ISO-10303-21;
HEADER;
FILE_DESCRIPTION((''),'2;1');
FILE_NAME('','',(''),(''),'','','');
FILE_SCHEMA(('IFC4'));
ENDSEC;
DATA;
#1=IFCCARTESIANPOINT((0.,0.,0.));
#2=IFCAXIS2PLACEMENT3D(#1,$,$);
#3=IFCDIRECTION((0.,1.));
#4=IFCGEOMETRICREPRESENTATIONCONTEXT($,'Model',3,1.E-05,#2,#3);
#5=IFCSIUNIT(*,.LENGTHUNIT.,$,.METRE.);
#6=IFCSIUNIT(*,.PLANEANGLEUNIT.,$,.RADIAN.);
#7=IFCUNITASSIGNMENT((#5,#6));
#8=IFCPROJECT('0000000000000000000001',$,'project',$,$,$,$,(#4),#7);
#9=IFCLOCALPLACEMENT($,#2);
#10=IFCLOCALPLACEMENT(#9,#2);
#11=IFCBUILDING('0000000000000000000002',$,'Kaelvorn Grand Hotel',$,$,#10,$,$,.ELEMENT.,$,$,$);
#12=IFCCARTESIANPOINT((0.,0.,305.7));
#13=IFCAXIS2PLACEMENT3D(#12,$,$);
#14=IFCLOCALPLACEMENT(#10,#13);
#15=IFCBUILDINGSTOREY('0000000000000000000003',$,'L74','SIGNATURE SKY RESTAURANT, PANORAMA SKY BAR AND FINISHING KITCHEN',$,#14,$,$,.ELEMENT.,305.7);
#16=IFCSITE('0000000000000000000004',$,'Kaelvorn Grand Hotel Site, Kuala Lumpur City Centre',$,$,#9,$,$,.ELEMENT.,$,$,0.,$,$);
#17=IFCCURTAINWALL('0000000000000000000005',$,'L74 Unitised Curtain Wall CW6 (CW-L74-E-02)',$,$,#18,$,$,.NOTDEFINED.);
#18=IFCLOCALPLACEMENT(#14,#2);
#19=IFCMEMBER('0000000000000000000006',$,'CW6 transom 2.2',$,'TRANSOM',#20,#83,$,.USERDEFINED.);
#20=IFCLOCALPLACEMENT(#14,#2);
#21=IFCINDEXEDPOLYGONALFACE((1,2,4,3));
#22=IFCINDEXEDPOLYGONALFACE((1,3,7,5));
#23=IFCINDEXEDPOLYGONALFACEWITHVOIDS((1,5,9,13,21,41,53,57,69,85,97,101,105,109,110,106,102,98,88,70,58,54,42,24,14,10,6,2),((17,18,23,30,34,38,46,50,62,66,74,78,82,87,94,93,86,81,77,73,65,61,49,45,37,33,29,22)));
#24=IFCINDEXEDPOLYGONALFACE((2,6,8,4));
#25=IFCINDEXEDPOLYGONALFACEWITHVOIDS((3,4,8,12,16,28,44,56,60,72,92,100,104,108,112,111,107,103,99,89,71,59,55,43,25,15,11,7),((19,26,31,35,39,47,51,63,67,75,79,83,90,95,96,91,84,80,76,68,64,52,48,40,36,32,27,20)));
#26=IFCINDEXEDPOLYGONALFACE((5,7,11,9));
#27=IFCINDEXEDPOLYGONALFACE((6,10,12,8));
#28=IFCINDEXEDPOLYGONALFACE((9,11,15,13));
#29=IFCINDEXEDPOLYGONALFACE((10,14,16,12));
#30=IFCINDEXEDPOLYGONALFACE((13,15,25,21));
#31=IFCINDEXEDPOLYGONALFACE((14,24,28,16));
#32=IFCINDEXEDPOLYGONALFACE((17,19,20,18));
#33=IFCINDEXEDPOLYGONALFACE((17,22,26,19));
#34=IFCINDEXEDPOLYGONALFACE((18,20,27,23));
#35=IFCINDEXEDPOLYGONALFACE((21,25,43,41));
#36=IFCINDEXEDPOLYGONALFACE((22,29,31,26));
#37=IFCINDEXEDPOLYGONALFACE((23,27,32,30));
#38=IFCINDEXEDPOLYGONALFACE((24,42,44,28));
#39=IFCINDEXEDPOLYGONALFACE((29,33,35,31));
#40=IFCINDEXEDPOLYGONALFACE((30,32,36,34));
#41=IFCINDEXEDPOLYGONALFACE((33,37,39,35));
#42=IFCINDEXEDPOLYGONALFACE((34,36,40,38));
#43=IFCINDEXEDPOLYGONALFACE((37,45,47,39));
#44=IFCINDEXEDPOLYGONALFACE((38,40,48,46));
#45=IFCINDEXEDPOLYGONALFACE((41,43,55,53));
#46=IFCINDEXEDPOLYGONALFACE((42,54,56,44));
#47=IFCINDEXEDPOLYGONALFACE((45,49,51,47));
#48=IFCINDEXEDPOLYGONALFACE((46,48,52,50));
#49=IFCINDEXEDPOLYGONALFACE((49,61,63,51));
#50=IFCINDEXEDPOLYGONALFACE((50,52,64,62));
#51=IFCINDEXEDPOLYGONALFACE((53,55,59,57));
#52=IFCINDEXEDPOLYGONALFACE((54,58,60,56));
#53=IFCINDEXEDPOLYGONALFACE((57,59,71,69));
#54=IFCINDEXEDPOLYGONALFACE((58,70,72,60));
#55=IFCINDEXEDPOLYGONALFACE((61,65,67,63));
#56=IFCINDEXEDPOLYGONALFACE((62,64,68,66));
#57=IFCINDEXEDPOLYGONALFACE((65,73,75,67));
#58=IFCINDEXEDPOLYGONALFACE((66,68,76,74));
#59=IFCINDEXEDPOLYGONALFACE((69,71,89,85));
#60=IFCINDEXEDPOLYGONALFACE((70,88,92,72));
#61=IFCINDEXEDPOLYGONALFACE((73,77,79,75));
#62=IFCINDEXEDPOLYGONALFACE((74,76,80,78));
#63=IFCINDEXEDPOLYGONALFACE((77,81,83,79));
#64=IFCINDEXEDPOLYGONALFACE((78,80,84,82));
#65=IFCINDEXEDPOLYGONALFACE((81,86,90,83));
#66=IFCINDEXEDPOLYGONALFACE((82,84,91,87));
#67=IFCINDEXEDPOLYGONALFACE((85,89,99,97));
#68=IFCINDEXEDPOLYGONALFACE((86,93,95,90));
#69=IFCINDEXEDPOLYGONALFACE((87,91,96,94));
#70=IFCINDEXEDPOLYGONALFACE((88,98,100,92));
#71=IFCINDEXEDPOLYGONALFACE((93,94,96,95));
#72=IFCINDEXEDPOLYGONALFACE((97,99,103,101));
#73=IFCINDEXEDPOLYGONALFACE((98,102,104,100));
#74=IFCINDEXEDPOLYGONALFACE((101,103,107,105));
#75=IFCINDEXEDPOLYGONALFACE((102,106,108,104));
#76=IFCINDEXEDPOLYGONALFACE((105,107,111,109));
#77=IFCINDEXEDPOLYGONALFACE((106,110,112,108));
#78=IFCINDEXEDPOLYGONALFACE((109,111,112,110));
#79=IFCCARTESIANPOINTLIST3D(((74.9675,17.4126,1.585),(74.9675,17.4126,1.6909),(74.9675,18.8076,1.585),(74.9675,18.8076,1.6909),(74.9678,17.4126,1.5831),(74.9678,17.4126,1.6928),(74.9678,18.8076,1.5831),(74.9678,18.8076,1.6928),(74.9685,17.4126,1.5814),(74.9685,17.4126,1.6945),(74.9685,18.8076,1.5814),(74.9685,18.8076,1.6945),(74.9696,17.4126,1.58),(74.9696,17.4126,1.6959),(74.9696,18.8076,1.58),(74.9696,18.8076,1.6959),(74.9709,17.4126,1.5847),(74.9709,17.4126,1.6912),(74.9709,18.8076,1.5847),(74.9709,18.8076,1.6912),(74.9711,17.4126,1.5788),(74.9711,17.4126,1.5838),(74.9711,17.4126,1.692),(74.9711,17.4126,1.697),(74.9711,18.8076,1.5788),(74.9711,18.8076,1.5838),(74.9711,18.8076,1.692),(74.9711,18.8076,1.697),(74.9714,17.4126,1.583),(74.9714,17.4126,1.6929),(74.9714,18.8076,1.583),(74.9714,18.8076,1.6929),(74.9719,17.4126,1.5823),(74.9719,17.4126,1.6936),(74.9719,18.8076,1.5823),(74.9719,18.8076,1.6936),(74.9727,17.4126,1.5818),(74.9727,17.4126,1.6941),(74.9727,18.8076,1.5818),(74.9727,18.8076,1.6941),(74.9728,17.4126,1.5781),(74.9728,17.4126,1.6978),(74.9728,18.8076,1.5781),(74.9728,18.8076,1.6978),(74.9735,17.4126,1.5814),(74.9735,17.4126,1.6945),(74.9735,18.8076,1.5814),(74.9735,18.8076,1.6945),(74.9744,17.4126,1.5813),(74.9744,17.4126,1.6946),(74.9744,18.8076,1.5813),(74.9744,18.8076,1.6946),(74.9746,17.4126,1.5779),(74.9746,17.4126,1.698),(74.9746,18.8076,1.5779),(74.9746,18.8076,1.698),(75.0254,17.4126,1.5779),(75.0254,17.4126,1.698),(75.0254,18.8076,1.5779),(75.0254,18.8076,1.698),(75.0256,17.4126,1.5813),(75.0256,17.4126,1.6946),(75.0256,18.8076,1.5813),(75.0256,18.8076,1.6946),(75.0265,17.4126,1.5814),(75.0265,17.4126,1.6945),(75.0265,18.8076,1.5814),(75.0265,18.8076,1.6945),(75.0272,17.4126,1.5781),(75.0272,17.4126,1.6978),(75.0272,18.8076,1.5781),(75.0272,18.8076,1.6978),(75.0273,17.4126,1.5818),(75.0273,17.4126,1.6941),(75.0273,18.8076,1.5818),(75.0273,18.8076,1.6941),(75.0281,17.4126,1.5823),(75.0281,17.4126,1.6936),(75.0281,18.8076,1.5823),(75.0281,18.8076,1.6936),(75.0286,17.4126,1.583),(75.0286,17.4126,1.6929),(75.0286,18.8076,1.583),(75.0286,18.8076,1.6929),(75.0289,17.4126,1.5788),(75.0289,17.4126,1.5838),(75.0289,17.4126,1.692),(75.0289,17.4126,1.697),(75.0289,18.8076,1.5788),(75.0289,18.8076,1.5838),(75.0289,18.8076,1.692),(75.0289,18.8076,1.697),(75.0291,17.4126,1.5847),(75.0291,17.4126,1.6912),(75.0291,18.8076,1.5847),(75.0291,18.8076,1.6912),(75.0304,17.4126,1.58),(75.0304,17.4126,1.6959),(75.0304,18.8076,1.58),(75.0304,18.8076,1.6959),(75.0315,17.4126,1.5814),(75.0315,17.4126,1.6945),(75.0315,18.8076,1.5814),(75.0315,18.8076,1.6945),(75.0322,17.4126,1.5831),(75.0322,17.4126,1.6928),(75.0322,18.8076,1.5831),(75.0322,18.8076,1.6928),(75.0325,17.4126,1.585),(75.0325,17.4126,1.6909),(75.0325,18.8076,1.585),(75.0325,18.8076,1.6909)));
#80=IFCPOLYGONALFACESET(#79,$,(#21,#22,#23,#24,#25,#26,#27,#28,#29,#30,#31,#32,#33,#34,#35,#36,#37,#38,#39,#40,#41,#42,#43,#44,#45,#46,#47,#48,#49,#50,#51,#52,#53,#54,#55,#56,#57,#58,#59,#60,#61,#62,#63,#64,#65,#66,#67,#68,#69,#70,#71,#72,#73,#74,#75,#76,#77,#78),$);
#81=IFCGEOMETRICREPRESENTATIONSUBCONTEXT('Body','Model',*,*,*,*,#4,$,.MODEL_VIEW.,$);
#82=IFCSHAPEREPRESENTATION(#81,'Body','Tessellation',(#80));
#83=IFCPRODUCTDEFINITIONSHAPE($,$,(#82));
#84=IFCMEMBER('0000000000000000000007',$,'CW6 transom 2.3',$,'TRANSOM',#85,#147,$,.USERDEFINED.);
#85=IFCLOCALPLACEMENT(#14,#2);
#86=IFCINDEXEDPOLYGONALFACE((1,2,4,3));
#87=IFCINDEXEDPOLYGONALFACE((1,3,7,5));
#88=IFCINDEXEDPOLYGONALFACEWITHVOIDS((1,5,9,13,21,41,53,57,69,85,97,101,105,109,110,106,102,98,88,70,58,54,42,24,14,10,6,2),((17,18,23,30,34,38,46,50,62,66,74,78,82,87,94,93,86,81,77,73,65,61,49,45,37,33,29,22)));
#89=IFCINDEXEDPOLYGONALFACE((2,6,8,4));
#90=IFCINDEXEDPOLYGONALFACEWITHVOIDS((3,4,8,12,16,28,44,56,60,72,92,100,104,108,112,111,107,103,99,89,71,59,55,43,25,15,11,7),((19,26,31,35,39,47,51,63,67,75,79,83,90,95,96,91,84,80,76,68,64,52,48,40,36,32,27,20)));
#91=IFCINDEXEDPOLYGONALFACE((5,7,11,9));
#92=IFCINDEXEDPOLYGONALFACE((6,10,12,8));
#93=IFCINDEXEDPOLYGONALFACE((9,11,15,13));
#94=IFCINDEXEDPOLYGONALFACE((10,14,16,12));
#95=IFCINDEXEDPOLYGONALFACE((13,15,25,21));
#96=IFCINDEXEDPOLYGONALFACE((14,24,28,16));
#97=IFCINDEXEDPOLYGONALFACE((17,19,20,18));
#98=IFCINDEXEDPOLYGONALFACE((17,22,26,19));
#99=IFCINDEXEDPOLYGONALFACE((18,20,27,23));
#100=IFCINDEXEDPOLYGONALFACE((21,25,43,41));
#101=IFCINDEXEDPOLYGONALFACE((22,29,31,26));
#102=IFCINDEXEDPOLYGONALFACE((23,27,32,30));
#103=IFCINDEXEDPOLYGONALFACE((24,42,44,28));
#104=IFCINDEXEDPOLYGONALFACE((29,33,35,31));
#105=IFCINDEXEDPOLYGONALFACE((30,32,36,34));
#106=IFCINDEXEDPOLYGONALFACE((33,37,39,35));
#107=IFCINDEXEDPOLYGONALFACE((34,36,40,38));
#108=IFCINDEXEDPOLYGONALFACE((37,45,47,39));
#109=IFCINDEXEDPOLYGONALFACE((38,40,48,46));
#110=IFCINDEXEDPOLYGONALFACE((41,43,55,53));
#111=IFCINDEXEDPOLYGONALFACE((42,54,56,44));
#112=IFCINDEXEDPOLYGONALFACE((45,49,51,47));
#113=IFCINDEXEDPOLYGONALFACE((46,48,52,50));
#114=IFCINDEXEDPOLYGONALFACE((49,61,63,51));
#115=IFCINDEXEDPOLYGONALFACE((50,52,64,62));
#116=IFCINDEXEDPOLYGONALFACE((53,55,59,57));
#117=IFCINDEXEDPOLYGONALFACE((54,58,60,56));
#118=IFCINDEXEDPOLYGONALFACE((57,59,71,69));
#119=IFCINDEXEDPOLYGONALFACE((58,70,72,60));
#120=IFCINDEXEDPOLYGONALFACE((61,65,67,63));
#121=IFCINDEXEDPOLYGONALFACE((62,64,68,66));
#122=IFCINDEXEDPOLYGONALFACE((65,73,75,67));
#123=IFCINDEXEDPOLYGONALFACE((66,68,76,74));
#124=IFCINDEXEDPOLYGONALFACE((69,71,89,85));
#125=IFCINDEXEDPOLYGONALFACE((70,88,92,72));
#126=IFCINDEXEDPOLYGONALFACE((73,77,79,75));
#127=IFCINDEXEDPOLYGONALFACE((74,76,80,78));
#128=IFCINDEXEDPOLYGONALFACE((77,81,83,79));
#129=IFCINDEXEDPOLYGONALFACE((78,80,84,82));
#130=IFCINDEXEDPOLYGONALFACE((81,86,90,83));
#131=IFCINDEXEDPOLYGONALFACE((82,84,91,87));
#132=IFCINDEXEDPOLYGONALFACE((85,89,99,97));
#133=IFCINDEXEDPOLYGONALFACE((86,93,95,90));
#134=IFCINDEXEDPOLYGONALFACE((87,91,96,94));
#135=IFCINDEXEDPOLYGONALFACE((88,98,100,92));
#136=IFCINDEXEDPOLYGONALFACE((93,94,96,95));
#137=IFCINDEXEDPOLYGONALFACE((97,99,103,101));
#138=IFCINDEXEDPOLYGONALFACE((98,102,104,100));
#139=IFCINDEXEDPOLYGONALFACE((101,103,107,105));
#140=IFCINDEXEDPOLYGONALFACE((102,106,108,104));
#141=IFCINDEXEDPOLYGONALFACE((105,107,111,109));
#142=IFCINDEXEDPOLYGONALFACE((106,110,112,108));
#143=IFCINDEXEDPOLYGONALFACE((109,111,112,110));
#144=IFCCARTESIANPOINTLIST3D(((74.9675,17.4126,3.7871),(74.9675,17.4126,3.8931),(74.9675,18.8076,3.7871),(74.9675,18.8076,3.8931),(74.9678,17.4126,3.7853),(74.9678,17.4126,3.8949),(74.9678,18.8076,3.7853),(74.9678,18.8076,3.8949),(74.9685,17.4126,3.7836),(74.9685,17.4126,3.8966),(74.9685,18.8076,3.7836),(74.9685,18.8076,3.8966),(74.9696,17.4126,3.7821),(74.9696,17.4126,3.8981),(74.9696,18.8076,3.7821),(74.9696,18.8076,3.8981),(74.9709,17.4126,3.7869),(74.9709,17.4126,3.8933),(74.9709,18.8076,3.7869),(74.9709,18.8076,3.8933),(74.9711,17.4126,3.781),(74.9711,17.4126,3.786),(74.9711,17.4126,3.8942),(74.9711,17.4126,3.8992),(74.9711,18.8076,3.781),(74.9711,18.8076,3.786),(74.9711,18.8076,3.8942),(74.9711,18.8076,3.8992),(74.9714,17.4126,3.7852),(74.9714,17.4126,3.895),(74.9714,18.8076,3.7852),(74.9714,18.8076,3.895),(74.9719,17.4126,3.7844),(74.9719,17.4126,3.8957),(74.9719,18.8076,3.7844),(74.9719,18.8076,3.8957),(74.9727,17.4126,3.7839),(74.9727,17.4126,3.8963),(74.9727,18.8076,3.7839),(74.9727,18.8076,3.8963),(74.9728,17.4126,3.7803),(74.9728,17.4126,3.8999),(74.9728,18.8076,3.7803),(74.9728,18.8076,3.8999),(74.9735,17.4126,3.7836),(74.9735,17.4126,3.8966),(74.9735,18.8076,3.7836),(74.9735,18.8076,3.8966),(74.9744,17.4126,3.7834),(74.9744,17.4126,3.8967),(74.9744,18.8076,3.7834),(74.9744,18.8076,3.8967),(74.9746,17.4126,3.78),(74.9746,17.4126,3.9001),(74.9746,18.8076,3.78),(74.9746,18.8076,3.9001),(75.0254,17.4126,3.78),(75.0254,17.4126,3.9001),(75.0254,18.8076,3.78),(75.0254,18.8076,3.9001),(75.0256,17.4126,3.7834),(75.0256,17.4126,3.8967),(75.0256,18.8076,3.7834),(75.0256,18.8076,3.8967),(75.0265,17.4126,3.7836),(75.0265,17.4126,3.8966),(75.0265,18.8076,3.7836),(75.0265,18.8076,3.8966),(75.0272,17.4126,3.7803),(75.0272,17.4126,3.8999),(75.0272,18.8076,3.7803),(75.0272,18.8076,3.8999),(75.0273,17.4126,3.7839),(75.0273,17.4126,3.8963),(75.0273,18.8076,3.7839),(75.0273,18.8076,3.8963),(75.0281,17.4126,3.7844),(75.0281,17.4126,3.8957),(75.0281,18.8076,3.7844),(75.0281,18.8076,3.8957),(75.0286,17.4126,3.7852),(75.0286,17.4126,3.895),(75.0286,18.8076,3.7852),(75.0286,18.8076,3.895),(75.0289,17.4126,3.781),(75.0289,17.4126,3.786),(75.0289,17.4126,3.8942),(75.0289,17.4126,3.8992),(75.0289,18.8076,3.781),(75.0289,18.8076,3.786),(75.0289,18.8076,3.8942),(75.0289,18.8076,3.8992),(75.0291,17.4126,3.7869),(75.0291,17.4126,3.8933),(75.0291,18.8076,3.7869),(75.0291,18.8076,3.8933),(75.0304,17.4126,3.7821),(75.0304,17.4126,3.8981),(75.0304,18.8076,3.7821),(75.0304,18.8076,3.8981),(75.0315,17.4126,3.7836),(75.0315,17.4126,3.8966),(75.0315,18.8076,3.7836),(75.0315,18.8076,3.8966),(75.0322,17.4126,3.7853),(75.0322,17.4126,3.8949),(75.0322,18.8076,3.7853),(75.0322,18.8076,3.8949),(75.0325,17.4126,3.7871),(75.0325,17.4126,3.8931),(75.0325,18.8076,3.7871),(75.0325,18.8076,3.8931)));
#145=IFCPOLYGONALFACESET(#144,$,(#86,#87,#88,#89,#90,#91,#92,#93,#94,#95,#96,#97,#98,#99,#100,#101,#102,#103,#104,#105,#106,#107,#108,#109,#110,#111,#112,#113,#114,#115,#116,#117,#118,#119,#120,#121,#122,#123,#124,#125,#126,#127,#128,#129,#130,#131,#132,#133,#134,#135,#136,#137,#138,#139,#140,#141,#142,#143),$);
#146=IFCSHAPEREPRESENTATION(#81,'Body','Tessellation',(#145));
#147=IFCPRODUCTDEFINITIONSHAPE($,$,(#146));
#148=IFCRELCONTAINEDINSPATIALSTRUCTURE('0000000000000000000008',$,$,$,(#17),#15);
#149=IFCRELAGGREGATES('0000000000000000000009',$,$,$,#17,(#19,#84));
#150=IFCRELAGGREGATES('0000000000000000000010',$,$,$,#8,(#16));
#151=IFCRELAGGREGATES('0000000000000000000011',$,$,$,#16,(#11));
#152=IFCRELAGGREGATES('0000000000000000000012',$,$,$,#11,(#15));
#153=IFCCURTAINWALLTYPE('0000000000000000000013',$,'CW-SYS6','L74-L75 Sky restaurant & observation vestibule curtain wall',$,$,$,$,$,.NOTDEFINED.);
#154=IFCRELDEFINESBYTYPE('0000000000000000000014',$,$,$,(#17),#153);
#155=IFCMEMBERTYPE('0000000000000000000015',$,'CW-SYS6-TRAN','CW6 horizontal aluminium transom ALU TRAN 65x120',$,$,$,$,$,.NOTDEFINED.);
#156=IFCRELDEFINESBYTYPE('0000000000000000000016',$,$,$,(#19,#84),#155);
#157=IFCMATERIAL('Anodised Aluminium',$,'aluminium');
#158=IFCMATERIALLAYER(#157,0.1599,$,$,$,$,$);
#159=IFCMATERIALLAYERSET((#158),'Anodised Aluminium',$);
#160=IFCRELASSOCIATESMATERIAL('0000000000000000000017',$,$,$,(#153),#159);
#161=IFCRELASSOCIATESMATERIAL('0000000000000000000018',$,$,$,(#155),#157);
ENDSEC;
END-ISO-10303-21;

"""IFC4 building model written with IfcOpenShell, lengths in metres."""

from ifc_helpers import new_model, si_unit, direction, frame, origin, origin_2d, place, context, subcontext, project, spatial, hollow_rectangle, extrude, material, layer, layer_set, material_profile, profile_set, type_object, element, aggregate, save


model = new_model("IFC4")

# Units and contexts
model_context = context("Model", 3, precision=1e-05, world=origin(), true_north=direction((0.0, 1.0)))
body_context = subcontext(model_context, "Body", "Model", "MODEL_VIEW")
ifc_project = project(units=[si_unit("LENGTHUNIT", "METRE"), si_unit("PLANEANGLEUNIT", "RADIAN")], contexts=[model_context])

# Site, building, storey
site_placement = place(None, origin())
site = spatial("IfcSite", under=ifc_project, at=site_placement, Name="Kaelvorn Grand Hotel Site, Kuala Lumpur City Centre", CompositionType="ELEMENT", RefElevation=0.0)
building_placement = place(site_placement, origin())
building = spatial("IfcBuilding", under=site, at=building_placement, Name="Kaelvorn Grand Hotel", CompositionType="ELEMENT")
storey_placement = place(building_placement, frame((0.0, 0.0, 305.7)))
storey = spatial("IfcBuildingStorey", under=building, at=storey_placement, Name="L74", Description="SIGNATURE SKY RESTAURANT, PANORAMA SKY BAR AND FINISHING KITCHEN", CompositionType="ELEMENT", Elevation=305.7)

# Curtain wall, members
ifc_material_1 = material(Name="Anodised Aluminium", Category="aluminium")
ifc_layer_1 = layer(ifc_material_1, 0.1599)
ifc_layer_set_1 = layer_set([ifc_layer_1], Name="Anodised Aluminium")
curtain_wall_type = type_object("IfcCurtainWallType", Name="CW-SYS6", Description="L74-L75 Sky restaurant & observation vestibule curtain wall", PredefinedType="NOTDEFINED", material=ifc_layer_set_1)
curtain_wall_placement = place(storey_placement, origin())
curtain_wall = element("IfcCurtainWall", 1, at=curtain_wall_placement, inside=storey, type_object=curtain_wall_type, Name="L74 Unitised Curtain Wall CW6 (CW-L74-E-02)", PredefinedType="NOTDEFINED")
ifc_material_profile_1 = material_profile(ifc_material_1, hollow_rectangle(XDim=0.0649, YDim=0.1201, WallThickness=0.0034, InnerFilletRadius=0.0034, OuterFilletRadius=0.0071, at=origin_2d()), Name="ALU TRAN 65x120")
ifc_profile_set_1 = profile_set([ifc_material_profile_1], Name="Anodised Aluminium")
member_type_1 = type_object("IfcMemberType", Name="CW-SYS6-TRAN", Description="CW6 horizontal aluminium transom ALU TRAN 65x120", PredefinedType="NOTDEFINED", material=ifc_profile_set_1)
member_1_placement = place(storey_placement, frame((75.0, 17.4126, 1.6379), z_axis=(0.0, 1.0, 0.0), x_axis=(-1.0, 0.0, 0.0)))
member_1 = element("IfcMember", 2, at=member_1_placement, type_object=member_type_1, Name="CW6 transom 2.2", ObjectType="TRANSOM", PredefinedType="USERDEFINED", context=body_context, shape_type="SweptSolid", body=[
    extrude(hollow_rectangle(XDim=0.0649, YDim=0.1201, WallThickness=0.0034, InnerFilletRadius=0.0034, OuterFilletRadius=0.0071, at=origin_2d()), origin(), (0.0, 0.0, 1.0), 1.395),
])
member_2_placement = place(storey_placement, frame((75.0, 17.4126, 3.8401), z_axis=(0.0, 1.0, 0.0), x_axis=(-1.0, 0.0, 0.0)))
member_2 = element("IfcMember", 3, at=member_2_placement, type_object=member_type_1, Name="CW6 transom 2.3", ObjectType="TRANSOM", PredefinedType="USERDEFINED", context=body_context, shape_type="SweptSolid", body=[
    extrude(hollow_rectangle(XDim=0.0649, YDim=0.1201, WallThickness=0.0034, InnerFilletRadius=0.0034, OuterFilletRadius=0.0071, at=origin_2d()), origin(), (0.0, 0.0, 1.0), 1.395),
])
aggregate(curtain_wall, [member_1, member_2])

save(model, "model.ifc")
